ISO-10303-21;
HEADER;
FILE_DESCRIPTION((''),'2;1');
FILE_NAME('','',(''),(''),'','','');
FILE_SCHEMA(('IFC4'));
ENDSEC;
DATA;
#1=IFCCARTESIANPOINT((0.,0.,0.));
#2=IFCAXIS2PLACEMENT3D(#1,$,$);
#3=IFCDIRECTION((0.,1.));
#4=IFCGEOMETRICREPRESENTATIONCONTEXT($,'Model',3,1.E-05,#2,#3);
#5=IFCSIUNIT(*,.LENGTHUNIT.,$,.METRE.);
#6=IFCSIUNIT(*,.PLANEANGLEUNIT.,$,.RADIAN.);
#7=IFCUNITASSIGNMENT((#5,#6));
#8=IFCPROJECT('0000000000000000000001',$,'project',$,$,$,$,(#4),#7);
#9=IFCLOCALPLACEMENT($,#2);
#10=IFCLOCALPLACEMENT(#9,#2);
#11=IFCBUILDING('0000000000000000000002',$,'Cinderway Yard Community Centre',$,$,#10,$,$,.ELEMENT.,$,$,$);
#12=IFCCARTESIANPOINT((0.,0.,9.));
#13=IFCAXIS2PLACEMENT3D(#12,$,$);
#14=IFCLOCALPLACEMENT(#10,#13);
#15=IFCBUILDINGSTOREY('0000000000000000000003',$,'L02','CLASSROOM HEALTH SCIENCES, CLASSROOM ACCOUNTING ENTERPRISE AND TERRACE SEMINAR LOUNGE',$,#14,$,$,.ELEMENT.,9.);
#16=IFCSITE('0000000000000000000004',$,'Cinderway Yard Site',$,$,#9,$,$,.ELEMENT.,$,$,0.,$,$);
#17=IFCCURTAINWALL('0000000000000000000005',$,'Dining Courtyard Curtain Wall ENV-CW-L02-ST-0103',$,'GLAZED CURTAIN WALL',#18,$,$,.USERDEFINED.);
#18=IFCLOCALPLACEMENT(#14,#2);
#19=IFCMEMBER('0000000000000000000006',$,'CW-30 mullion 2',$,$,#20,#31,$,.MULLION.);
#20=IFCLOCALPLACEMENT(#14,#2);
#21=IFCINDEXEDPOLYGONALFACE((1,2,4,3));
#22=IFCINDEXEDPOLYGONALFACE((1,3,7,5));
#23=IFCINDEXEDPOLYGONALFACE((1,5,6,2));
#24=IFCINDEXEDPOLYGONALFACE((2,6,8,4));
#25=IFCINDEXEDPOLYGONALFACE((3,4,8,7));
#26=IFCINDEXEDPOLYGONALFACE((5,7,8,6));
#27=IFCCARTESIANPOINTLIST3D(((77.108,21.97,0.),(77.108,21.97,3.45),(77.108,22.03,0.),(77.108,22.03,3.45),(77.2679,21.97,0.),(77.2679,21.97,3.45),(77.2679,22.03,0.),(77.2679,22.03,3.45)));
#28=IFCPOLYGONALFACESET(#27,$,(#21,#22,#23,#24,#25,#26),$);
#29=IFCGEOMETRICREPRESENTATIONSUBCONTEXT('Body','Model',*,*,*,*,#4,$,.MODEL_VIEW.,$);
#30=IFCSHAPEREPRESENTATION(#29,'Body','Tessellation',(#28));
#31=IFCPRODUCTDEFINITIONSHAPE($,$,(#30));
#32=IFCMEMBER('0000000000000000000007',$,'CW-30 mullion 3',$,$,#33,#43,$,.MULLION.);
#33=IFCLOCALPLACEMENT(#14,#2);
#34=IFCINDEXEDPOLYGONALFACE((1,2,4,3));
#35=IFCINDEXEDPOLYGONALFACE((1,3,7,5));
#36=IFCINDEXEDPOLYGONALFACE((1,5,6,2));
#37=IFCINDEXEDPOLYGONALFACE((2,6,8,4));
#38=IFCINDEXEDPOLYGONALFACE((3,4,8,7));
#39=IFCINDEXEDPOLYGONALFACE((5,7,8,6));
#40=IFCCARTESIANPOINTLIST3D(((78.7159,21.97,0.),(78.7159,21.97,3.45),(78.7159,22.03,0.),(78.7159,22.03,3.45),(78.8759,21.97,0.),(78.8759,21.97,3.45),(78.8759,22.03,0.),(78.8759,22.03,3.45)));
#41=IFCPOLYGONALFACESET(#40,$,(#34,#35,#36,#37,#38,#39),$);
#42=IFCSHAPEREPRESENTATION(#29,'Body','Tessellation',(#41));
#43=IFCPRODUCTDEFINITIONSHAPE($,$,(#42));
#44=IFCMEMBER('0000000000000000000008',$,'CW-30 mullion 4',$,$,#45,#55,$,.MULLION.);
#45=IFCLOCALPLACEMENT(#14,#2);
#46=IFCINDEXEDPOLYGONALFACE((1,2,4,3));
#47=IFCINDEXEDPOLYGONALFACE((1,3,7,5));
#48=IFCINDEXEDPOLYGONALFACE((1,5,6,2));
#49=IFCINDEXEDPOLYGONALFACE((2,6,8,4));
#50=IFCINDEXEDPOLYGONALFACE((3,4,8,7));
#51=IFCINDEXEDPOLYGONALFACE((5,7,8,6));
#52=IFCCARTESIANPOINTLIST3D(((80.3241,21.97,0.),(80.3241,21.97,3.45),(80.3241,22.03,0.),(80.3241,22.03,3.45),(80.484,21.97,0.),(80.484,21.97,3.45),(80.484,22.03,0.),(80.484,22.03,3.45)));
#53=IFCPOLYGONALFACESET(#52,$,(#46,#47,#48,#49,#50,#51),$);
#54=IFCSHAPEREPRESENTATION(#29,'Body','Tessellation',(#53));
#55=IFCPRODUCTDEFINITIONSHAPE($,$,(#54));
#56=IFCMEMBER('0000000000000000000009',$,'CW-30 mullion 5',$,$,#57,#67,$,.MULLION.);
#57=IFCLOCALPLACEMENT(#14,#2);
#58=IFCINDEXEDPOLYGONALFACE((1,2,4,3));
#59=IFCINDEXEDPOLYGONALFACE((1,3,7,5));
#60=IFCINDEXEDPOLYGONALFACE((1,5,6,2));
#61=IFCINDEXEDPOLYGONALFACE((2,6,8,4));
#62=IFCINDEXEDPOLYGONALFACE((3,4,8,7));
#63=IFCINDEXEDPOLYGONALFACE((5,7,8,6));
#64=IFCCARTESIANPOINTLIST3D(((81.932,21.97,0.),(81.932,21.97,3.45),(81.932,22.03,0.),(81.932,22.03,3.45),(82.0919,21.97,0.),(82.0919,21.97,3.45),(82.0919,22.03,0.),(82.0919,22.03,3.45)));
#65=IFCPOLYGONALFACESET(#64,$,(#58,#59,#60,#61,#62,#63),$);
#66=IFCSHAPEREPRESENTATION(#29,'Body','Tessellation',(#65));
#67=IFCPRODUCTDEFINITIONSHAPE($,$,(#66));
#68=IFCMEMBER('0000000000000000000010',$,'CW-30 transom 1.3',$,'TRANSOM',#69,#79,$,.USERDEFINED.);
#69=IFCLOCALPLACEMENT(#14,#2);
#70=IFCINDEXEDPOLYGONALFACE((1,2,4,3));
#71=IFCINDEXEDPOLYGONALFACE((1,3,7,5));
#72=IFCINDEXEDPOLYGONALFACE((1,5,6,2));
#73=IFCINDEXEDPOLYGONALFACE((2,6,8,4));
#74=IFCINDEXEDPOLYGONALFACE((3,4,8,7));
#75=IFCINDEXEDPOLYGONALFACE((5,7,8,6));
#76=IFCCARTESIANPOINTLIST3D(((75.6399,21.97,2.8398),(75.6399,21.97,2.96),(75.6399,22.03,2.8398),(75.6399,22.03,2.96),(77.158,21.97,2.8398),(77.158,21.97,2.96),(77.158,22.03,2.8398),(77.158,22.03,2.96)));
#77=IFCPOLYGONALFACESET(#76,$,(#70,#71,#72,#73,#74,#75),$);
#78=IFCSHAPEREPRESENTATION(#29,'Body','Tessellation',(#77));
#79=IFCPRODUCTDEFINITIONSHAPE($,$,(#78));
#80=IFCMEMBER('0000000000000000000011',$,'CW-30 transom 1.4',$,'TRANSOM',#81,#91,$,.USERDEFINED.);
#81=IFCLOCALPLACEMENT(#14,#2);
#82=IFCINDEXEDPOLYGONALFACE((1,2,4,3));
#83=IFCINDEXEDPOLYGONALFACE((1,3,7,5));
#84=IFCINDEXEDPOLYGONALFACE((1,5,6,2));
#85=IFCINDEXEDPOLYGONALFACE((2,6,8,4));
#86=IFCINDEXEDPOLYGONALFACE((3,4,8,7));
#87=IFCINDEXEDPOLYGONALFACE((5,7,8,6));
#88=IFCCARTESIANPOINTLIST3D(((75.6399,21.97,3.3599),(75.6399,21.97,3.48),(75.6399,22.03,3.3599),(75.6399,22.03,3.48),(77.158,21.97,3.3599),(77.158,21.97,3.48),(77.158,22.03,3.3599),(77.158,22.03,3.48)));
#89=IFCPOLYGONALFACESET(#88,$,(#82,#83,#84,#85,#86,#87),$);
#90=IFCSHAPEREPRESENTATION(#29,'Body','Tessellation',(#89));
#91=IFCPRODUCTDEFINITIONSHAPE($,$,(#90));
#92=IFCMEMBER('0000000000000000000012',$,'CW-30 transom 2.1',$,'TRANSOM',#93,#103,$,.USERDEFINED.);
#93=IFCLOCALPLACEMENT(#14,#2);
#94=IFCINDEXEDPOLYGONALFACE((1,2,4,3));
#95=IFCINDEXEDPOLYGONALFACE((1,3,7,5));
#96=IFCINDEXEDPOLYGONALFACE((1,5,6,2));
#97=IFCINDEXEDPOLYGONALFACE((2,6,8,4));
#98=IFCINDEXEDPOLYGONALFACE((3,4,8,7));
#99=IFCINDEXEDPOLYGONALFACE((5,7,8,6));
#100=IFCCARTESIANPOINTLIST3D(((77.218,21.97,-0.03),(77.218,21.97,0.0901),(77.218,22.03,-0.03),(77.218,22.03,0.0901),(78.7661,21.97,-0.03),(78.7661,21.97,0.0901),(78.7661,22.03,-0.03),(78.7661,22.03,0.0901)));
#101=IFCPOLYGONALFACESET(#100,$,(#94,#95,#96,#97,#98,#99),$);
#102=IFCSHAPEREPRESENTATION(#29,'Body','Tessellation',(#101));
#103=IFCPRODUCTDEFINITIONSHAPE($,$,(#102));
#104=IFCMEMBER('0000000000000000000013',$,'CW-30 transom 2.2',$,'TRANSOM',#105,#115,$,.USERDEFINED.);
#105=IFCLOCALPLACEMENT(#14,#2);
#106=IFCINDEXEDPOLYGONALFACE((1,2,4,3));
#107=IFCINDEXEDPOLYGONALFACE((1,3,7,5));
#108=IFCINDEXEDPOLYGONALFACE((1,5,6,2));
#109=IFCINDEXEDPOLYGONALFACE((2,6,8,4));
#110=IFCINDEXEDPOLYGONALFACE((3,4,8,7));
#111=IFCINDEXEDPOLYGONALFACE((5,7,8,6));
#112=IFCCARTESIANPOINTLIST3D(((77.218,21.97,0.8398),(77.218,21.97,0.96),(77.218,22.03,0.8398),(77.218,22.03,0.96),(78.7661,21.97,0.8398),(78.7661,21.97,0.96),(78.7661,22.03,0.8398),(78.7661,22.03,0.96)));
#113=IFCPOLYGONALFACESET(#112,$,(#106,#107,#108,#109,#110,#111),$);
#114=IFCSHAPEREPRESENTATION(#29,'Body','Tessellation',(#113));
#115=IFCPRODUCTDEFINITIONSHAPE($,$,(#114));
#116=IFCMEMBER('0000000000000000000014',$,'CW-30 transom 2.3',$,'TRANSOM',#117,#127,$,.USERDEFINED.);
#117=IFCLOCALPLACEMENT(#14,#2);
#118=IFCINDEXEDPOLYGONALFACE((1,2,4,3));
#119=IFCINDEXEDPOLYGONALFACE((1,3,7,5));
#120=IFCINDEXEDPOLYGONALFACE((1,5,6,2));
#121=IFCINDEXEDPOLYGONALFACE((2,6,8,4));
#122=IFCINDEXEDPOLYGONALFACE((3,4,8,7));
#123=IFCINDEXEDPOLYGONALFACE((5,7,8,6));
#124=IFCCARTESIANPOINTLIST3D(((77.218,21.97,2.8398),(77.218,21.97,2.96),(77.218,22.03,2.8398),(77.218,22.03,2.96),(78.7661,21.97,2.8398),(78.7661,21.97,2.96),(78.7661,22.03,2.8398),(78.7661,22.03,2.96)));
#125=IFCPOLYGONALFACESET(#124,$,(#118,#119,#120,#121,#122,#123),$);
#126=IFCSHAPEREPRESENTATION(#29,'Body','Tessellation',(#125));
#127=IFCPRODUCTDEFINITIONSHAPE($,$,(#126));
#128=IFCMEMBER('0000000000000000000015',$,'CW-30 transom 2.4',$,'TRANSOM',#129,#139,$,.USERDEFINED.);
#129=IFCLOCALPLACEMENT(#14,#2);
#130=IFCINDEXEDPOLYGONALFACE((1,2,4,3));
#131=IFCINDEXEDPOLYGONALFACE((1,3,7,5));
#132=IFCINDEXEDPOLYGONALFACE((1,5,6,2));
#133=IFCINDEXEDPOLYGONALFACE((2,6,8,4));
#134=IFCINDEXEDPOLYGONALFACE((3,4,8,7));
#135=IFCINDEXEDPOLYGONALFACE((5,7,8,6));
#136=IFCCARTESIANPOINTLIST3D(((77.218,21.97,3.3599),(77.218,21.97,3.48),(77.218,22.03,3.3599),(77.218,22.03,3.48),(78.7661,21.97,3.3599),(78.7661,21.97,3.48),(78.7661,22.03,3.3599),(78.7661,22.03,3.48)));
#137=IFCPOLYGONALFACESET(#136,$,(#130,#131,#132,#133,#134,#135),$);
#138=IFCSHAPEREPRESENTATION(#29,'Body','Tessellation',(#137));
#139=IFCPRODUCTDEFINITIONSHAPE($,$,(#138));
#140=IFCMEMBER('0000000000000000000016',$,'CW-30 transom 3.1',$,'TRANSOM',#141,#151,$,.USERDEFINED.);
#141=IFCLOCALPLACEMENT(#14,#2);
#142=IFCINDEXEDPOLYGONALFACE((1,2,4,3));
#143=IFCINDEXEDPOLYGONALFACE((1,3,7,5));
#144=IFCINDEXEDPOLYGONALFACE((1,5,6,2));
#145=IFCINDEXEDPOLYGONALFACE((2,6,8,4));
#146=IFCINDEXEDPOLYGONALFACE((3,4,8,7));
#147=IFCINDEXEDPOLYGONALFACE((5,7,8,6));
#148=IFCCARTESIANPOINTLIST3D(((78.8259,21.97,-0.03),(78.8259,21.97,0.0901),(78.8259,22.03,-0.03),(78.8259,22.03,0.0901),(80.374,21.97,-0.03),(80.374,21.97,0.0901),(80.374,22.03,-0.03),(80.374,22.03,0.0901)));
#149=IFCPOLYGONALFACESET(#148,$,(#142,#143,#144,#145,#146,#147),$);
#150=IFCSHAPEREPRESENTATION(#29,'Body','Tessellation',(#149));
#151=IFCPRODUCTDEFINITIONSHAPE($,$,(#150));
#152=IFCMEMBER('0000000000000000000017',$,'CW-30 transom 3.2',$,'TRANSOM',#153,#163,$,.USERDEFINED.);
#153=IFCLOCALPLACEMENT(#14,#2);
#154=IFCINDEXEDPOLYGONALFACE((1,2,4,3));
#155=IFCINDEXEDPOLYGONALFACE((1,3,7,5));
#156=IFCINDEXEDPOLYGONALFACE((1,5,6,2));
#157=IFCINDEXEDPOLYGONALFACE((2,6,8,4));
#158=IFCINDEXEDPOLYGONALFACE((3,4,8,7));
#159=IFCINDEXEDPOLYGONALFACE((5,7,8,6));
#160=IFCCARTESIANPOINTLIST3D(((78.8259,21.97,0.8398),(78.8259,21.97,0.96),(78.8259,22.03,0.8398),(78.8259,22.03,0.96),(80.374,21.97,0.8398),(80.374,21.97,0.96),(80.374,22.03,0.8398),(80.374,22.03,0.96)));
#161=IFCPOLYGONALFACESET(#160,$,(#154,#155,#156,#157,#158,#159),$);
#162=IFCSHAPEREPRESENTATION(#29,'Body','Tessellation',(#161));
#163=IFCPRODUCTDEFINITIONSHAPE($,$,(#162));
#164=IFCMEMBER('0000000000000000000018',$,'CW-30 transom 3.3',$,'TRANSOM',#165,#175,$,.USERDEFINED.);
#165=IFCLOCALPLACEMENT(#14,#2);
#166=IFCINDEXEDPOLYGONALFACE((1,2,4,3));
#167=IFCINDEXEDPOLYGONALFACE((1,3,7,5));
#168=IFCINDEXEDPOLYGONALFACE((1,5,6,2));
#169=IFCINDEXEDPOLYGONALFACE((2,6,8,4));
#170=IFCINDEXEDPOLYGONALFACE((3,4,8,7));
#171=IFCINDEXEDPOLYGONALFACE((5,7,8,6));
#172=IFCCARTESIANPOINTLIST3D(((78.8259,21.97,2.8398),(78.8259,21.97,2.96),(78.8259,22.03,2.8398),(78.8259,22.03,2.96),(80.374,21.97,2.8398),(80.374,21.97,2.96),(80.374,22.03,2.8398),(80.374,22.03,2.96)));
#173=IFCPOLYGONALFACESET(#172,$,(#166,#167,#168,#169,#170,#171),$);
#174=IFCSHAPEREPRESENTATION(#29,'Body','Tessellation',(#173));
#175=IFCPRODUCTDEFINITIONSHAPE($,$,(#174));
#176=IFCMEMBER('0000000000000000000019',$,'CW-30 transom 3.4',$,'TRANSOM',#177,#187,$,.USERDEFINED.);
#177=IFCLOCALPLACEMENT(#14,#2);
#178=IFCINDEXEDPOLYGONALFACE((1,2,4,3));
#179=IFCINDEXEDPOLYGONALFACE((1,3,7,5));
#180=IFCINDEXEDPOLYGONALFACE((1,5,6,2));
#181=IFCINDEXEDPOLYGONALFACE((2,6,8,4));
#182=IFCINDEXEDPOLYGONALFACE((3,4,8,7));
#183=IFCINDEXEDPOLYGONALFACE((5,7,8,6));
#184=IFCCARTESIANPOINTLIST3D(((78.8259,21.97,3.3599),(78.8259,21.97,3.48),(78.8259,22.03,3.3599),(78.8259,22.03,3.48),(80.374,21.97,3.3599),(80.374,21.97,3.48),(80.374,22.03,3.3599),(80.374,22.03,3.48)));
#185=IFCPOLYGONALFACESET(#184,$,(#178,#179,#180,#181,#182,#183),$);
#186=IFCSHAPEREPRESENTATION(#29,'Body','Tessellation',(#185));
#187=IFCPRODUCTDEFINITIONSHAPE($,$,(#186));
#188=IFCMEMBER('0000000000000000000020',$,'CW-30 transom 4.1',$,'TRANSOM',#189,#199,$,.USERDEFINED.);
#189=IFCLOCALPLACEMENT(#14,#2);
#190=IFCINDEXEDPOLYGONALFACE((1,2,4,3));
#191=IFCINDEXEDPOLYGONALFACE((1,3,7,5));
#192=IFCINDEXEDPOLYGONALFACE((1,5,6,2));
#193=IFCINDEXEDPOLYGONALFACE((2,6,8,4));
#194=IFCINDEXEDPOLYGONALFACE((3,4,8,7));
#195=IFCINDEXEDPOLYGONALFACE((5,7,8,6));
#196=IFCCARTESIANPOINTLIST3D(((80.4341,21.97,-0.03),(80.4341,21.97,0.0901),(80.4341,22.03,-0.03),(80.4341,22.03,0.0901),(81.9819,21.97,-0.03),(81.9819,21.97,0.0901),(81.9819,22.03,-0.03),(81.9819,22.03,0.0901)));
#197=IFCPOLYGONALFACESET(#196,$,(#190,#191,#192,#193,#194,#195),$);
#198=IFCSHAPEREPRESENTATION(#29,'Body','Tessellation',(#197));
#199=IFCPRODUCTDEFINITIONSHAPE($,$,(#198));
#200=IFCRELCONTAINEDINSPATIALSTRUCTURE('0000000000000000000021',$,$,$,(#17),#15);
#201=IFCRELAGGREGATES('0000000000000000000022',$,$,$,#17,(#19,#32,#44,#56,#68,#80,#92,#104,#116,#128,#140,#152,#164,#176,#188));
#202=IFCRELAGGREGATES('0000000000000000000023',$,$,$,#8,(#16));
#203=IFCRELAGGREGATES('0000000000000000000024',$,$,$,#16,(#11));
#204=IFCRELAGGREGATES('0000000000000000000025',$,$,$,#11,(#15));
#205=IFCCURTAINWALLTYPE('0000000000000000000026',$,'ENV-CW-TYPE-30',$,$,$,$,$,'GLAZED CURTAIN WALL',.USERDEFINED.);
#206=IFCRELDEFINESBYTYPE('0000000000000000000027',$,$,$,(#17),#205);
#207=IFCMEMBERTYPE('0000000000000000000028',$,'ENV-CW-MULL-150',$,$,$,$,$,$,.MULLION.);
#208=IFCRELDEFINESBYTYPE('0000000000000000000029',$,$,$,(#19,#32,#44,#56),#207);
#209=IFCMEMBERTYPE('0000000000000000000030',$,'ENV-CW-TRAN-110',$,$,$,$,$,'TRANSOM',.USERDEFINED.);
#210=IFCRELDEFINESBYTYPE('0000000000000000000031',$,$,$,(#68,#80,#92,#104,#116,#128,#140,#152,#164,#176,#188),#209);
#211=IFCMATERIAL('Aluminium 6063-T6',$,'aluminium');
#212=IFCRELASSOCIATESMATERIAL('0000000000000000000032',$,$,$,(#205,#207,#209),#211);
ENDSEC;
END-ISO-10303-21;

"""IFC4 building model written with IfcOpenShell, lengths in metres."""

from ifc_helpers import new_model, si_unit, direction, frame, origin, origin_2d, place, context, subcontext, project, spatial, rectangle, extrude, material, material_profile, profile_set, type_object, element, aggregate, save


model = new_model("IFC4")

# Units and contexts
model_context = context("Model", 3, precision=1e-05, world=origin(), true_north=direction((0.0, 1.0)))
body_context = subcontext(model_context, "Body", "Model", "MODEL_VIEW")
ifc_project = project(units=[si_unit("LENGTHUNIT", "METRE"), si_unit("PLANEANGLEUNIT", "RADIAN")], contexts=[model_context])

# Site, building, storey
site_placement = place(None, origin())
site = spatial("IfcSite", under=ifc_project, at=site_placement, Name="Cinderway Yard Site", CompositionType="ELEMENT", RefElevation=0.0)
building_placement = place(site_placement, origin())
building = spatial("IfcBuilding", under=site, at=building_placement, Name="Cinderway Yard Community Centre", CompositionType="ELEMENT")
storey_placement = place(building_placement, frame((0.0, 0.0, 9.0)))
storey = spatial("IfcBuildingStorey", under=building, at=storey_placement, Name="L02", Description="CLASSROOM HEALTH SCIENCES, CLASSROOM ACCOUNTING ENTERPRISE AND TERRACE SEMINAR LOUNGE", CompositionType="ELEMENT", Elevation=9.0)

# Curtain wall, members
ifc_material_1 = material(Name="Aluminium 6063-T6", Category="aluminium")
curtain_wall_type = type_object("IfcCurtainWallType", Name="ENV-CW-TYPE-30", ElementType="GLAZED CURTAIN WALL", PredefinedType="USERDEFINED", material=ifc_material_1)
curtain_wall_placement = place(storey_placement, origin())
curtain_wall = element("IfcCurtainWall", 1, at=curtain_wall_placement, inside=storey, type_object=curtain_wall_type, Name="Dining Courtyard Curtain Wall ENV-CW-L02-ST-0103", ObjectType="GLAZED CURTAIN WALL", PredefinedType="USERDEFINED")
ifc_material_profile_1 = material_profile(ifc_material_1, rectangle(XDim=0.0601, YDim=0.1599, at=origin_2d()), Name="Aluminium 6063-T6")
ifc_profile_set_1 = profile_set([ifc_material_profile_1], Name="Aluminium 6063-T6")
member_type_1 = type_object("IfcMemberType", Name="ENV-CW-MULL-150", PredefinedType="MULLION", material=ifc_profile_set_1)
member_1_placement = place(storey_placement, frame((77.188, 22.0, 0.0), z_axis=(0.0, 0.0, 1.0), x_axis=(0.0, 1.0, 0.0)))
member_1 = element("IfcMember", 2, at=member_1_placement, type_object=member_type_1, Name="CW-30 mullion 2", PredefinedType="MULLION", context=body_context, shape_type="SweptSolid", body=[
    extrude(rectangle(XDim=0.0601, YDim=0.1599, at=origin_2d()), origin(), (0.0, 0.0, 1.0), 3.45),
])
member_2_placement = place(storey_placement, frame((78.7959, 22.0, 0.0), z_axis=(0.0, 0.0, 1.0), x_axis=(0.0, 1.0, 0.0)))
member_2 = element("IfcMember", 3, at=member_2_placement, type_object=member_type_1, Name="CW-30 mullion 3", PredefinedType="MULLION", context=body_context, shape_type="SweptSolid", body=[
    extrude(rectangle(XDim=0.0601, YDim=0.1599, at=origin_2d()), origin(), (0.0, 0.0, 1.0), 3.45),
])
member_3_placement = place(storey_placement, frame((80.4041, 22.0, 0.0), z_axis=(0.0, 0.0, 1.0), x_axis=(0.0, 1.0, 0.0)))
member_3 = element("IfcMember", 4, at=member_3_placement, type_object=member_type_1, Name="CW-30 mullion 4", PredefinedType="MULLION", context=body_context, shape_type="SweptSolid", body=[
    extrude(rectangle(XDim=0.0601, YDim=0.1599, at=origin_2d()), origin(), (0.0, 0.0, 1.0), 3.45),
])
member_4_placement = place(storey_placement, frame((82.012, 22.0, 0.0), z_axis=(0.0, 0.0, 1.0), x_axis=(0.0, 1.0, 0.0)))
member_4 = element("IfcMember", 5, at=member_4_placement, type_object=member_type_1, Name="CW-30 mullion 5", PredefinedType="MULLION", context=body_context, shape_type="SweptSolid", body=[
    extrude(rectangle(XDim=0.0601, YDim=0.1599, at=origin_2d()), origin(), (0.0, 0.0, 1.0), 3.45),
])
ifc_material_profile_2 = material_profile(ifc_material_1, rectangle(XDim=0.0601, YDim=0.1201, at=origin_2d()), Name="Aluminium 6063-T6")
ifc_profile_set_2 = profile_set([ifc_material_profile_2], Name="Aluminium 6063-T6")
member_type_2 = type_object("IfcMemberType", Name="ENV-CW-TRAN-110", ElementType="TRANSOM", PredefinedType="USERDEFINED", material=ifc_profile_set_2)
member_5_placement = place(storey_placement, frame((75.6399, 22.0, 2.8999), z_axis=(1.0, 0.0, 0.0), x_axis=(0.0, 1.0, 0.0)))
member_5 = element("IfcMember", 6, at=member_5_placement, type_object=member_type_2, Name="CW-30 transom 1.3", ObjectType="TRANSOM", PredefinedType="USERDEFINED", context=body_context, shape_type="SweptSolid", body=[
    extrude(rectangle(XDim=0.0601, YDim=0.1201, at=origin_2d()), origin(), (0.0, 0.0, 1.0), 1.5181),
])
member_6_placement = place(storey_placement, frame((75.6399, 22.0, 3.4199), z_axis=(1.0, 0.0, 0.0), x_axis=(0.0, 1.0, 0.0)))
member_6 = element("IfcMember", 7, at=member_6_placement, type_object=member_type_2, Name="CW-30 transom 1.4", ObjectType="TRANSOM", PredefinedType="USERDEFINED", context=body_context, shape_type="SweptSolid", body=[
    extrude(rectangle(XDim=0.0601, YDim=0.1201, at=origin_2d()), origin(), (0.0, 0.0, 1.0), 1.5181),
])
member_7_placement = place(storey_placement, frame((77.218, 22.0, 0.03), z_axis=(1.0, 0.0, 0.0), x_axis=(0.0, 1.0, 0.0)))
member_7 = element("IfcMember", 8, at=member_7_placement, type_object=member_type_2, Name="CW-30 transom 2.1", ObjectType="TRANSOM", PredefinedType="USERDEFINED", context=body_context, shape_type="SweptSolid", body=[
    extrude(rectangle(XDim=0.0601, YDim=0.1201, at=origin_2d()), origin(), (0.0, 0.0, 1.0), 1.5481),
])
member_8_placement = place(storey_placement, frame((77.218, 22.0, 0.8999), z_axis=(1.0, 0.0, 0.0), x_axis=(0.0, 1.0, 0.0)))
member_8 = element("IfcMember", 9, at=member_8_placement, type_object=member_type_2, Name="CW-30 transom 2.2", ObjectType="TRANSOM", PredefinedType="USERDEFINED", context=body_context, shape_type="SweptSolid", body=[
    extrude(rectangle(XDim=0.0601, YDim=0.1201, at=origin_2d()), origin(), (0.0, 0.0, 1.0), 1.5481),
])
member_9_placement = place(storey_placement, frame((77.218, 22.0, 2.8999), z_axis=(1.0, 0.0, 0.0), x_axis=(0.0, 1.0, 0.0)))
member_9 = element("IfcMember", 10, at=member_9_placement, type_object=member_type_2, Name="CW-30 transom 2.3", ObjectType="TRANSOM", PredefinedType="USERDEFINED", context=body_context, shape_type="SweptSolid", body=[
    extrude(rectangle(XDim=0.0601, YDim=0.1201, at=origin_2d()), origin(), (0.0, 0.0, 1.0), 1.5481),
])
member_10_placement = place(storey_placement, frame((77.218, 22.0, 3.4199), z_axis=(1.0, 0.0, 0.0), x_axis=(0.0, 1.0, 0.0)))
member_10 = element("IfcMember", 11, at=member_10_placement, type_object=member_type_2, Name="CW-30 transom 2.4", ObjectType="TRANSOM", PredefinedType="USERDEFINED", context=body_context, shape_type="SweptSolid", body=[
    extrude(rectangle(XDim=0.0601, YDim=0.1201, at=origin_2d()), origin(), (0.0, 0.0, 1.0), 1.5481),
])
member_11_placement = place(storey_placement, frame((78.8259, 22.0, 0.03), z_axis=(1.0, 0.0, 0.0), x_axis=(0.0, 1.0, 0.0)))
member_11 = element("IfcMember", 12, at=member_11_placement, type_object=member_type_2, Name="CW-30 transom 3.1", ObjectType="TRANSOM", PredefinedType="USERDEFINED", context=body_context, shape_type="SweptSolid", body=[
    extrude(rectangle(XDim=0.0601, YDim=0.1201, at=origin_2d()), origin(), (0.0, 0.0, 1.0), 1.5481),
])
member_12_placement = place(storey_placement, frame((78.8259, 22.0, 0.8999), z_axis=(1.0, 0.0, 0.0), x_axis=(0.0, 1.0, 0.0)))
member_12 = element("IfcMember", 13, at=member_12_placement, type_object=member_type_2, Name="CW-30 transom 3.2", ObjectType="TRANSOM", PredefinedType="USERDEFINED", context=body_context, shape_type="SweptSolid", body=[
    extrude(rectangle(XDim=0.0601, YDim=0.1201, at=origin_2d()), origin(), (0.0, 0.0, 1.0), 1.5481),
])
member_13_placement = place(storey_placement, frame((78.8259, 22.0, 2.8999), z_axis=(1.0, 0.0, 0.0), x_axis=(0.0, 1.0, 0.0)))
member_13 = element("IfcMember", 14, at=member_13_placement, type_object=member_type_2, Name="CW-30 transom 3.3", ObjectType="TRANSOM", PredefinedType="USERDEFINED", context=body_context, shape_type="SweptSolid", body=[
    extrude(rectangle(XDim=0.0601, YDim=0.1201, at=origin_2d()), origin(), (0.0, 0.0, 1.0), 1.5481),
])
member_14_placement = place(storey_placement, frame((78.8259, 22.0, 3.4199), z_axis=(1.0, 0.0, 0.0), x_axis=(0.0, 1.0, 0.0)))
member_14 = element("IfcMember", 15, at=member_14_placement, type_object=member_type_2, Name="CW-30 transom 3.4", ObjectType="TRANSOM", PredefinedType="USERDEFINED", context=body_context, shape_type="SweptSolid", body=[
    extrude(rectangle(XDim=0.0601, YDim=0.1201, at=origin_2d()), origin(), (0.0, 0.0, 1.0), 1.5481),
])
member_15_placement = place(storey_placement, frame((80.4341, 22.0, 0.03), z_axis=(1.0, 0.0, 0.0), x_axis=(0.0, 1.0, 0.0)))
member_15 = element("IfcMember", 16, at=member_15_placement, type_object=member_type_2, Name="CW-30 transom 4.1", ObjectType="TRANSOM", PredefinedType="USERDEFINED", context=body_context, shape_type="SweptSolid", body=[
    extrude(rectangle(XDim=0.0601, YDim=0.1201, at=origin_2d()), origin(), (0.0, 0.0, 1.0), 1.5479),
])
aggregate(curtain_wall, [member_1, member_2, member_3, member_4, member_5, member_6, member_7, member_8, member_9, member_10, member_11, member_12, member_13, member_14, member_15])

save(model, "model.ifc")
